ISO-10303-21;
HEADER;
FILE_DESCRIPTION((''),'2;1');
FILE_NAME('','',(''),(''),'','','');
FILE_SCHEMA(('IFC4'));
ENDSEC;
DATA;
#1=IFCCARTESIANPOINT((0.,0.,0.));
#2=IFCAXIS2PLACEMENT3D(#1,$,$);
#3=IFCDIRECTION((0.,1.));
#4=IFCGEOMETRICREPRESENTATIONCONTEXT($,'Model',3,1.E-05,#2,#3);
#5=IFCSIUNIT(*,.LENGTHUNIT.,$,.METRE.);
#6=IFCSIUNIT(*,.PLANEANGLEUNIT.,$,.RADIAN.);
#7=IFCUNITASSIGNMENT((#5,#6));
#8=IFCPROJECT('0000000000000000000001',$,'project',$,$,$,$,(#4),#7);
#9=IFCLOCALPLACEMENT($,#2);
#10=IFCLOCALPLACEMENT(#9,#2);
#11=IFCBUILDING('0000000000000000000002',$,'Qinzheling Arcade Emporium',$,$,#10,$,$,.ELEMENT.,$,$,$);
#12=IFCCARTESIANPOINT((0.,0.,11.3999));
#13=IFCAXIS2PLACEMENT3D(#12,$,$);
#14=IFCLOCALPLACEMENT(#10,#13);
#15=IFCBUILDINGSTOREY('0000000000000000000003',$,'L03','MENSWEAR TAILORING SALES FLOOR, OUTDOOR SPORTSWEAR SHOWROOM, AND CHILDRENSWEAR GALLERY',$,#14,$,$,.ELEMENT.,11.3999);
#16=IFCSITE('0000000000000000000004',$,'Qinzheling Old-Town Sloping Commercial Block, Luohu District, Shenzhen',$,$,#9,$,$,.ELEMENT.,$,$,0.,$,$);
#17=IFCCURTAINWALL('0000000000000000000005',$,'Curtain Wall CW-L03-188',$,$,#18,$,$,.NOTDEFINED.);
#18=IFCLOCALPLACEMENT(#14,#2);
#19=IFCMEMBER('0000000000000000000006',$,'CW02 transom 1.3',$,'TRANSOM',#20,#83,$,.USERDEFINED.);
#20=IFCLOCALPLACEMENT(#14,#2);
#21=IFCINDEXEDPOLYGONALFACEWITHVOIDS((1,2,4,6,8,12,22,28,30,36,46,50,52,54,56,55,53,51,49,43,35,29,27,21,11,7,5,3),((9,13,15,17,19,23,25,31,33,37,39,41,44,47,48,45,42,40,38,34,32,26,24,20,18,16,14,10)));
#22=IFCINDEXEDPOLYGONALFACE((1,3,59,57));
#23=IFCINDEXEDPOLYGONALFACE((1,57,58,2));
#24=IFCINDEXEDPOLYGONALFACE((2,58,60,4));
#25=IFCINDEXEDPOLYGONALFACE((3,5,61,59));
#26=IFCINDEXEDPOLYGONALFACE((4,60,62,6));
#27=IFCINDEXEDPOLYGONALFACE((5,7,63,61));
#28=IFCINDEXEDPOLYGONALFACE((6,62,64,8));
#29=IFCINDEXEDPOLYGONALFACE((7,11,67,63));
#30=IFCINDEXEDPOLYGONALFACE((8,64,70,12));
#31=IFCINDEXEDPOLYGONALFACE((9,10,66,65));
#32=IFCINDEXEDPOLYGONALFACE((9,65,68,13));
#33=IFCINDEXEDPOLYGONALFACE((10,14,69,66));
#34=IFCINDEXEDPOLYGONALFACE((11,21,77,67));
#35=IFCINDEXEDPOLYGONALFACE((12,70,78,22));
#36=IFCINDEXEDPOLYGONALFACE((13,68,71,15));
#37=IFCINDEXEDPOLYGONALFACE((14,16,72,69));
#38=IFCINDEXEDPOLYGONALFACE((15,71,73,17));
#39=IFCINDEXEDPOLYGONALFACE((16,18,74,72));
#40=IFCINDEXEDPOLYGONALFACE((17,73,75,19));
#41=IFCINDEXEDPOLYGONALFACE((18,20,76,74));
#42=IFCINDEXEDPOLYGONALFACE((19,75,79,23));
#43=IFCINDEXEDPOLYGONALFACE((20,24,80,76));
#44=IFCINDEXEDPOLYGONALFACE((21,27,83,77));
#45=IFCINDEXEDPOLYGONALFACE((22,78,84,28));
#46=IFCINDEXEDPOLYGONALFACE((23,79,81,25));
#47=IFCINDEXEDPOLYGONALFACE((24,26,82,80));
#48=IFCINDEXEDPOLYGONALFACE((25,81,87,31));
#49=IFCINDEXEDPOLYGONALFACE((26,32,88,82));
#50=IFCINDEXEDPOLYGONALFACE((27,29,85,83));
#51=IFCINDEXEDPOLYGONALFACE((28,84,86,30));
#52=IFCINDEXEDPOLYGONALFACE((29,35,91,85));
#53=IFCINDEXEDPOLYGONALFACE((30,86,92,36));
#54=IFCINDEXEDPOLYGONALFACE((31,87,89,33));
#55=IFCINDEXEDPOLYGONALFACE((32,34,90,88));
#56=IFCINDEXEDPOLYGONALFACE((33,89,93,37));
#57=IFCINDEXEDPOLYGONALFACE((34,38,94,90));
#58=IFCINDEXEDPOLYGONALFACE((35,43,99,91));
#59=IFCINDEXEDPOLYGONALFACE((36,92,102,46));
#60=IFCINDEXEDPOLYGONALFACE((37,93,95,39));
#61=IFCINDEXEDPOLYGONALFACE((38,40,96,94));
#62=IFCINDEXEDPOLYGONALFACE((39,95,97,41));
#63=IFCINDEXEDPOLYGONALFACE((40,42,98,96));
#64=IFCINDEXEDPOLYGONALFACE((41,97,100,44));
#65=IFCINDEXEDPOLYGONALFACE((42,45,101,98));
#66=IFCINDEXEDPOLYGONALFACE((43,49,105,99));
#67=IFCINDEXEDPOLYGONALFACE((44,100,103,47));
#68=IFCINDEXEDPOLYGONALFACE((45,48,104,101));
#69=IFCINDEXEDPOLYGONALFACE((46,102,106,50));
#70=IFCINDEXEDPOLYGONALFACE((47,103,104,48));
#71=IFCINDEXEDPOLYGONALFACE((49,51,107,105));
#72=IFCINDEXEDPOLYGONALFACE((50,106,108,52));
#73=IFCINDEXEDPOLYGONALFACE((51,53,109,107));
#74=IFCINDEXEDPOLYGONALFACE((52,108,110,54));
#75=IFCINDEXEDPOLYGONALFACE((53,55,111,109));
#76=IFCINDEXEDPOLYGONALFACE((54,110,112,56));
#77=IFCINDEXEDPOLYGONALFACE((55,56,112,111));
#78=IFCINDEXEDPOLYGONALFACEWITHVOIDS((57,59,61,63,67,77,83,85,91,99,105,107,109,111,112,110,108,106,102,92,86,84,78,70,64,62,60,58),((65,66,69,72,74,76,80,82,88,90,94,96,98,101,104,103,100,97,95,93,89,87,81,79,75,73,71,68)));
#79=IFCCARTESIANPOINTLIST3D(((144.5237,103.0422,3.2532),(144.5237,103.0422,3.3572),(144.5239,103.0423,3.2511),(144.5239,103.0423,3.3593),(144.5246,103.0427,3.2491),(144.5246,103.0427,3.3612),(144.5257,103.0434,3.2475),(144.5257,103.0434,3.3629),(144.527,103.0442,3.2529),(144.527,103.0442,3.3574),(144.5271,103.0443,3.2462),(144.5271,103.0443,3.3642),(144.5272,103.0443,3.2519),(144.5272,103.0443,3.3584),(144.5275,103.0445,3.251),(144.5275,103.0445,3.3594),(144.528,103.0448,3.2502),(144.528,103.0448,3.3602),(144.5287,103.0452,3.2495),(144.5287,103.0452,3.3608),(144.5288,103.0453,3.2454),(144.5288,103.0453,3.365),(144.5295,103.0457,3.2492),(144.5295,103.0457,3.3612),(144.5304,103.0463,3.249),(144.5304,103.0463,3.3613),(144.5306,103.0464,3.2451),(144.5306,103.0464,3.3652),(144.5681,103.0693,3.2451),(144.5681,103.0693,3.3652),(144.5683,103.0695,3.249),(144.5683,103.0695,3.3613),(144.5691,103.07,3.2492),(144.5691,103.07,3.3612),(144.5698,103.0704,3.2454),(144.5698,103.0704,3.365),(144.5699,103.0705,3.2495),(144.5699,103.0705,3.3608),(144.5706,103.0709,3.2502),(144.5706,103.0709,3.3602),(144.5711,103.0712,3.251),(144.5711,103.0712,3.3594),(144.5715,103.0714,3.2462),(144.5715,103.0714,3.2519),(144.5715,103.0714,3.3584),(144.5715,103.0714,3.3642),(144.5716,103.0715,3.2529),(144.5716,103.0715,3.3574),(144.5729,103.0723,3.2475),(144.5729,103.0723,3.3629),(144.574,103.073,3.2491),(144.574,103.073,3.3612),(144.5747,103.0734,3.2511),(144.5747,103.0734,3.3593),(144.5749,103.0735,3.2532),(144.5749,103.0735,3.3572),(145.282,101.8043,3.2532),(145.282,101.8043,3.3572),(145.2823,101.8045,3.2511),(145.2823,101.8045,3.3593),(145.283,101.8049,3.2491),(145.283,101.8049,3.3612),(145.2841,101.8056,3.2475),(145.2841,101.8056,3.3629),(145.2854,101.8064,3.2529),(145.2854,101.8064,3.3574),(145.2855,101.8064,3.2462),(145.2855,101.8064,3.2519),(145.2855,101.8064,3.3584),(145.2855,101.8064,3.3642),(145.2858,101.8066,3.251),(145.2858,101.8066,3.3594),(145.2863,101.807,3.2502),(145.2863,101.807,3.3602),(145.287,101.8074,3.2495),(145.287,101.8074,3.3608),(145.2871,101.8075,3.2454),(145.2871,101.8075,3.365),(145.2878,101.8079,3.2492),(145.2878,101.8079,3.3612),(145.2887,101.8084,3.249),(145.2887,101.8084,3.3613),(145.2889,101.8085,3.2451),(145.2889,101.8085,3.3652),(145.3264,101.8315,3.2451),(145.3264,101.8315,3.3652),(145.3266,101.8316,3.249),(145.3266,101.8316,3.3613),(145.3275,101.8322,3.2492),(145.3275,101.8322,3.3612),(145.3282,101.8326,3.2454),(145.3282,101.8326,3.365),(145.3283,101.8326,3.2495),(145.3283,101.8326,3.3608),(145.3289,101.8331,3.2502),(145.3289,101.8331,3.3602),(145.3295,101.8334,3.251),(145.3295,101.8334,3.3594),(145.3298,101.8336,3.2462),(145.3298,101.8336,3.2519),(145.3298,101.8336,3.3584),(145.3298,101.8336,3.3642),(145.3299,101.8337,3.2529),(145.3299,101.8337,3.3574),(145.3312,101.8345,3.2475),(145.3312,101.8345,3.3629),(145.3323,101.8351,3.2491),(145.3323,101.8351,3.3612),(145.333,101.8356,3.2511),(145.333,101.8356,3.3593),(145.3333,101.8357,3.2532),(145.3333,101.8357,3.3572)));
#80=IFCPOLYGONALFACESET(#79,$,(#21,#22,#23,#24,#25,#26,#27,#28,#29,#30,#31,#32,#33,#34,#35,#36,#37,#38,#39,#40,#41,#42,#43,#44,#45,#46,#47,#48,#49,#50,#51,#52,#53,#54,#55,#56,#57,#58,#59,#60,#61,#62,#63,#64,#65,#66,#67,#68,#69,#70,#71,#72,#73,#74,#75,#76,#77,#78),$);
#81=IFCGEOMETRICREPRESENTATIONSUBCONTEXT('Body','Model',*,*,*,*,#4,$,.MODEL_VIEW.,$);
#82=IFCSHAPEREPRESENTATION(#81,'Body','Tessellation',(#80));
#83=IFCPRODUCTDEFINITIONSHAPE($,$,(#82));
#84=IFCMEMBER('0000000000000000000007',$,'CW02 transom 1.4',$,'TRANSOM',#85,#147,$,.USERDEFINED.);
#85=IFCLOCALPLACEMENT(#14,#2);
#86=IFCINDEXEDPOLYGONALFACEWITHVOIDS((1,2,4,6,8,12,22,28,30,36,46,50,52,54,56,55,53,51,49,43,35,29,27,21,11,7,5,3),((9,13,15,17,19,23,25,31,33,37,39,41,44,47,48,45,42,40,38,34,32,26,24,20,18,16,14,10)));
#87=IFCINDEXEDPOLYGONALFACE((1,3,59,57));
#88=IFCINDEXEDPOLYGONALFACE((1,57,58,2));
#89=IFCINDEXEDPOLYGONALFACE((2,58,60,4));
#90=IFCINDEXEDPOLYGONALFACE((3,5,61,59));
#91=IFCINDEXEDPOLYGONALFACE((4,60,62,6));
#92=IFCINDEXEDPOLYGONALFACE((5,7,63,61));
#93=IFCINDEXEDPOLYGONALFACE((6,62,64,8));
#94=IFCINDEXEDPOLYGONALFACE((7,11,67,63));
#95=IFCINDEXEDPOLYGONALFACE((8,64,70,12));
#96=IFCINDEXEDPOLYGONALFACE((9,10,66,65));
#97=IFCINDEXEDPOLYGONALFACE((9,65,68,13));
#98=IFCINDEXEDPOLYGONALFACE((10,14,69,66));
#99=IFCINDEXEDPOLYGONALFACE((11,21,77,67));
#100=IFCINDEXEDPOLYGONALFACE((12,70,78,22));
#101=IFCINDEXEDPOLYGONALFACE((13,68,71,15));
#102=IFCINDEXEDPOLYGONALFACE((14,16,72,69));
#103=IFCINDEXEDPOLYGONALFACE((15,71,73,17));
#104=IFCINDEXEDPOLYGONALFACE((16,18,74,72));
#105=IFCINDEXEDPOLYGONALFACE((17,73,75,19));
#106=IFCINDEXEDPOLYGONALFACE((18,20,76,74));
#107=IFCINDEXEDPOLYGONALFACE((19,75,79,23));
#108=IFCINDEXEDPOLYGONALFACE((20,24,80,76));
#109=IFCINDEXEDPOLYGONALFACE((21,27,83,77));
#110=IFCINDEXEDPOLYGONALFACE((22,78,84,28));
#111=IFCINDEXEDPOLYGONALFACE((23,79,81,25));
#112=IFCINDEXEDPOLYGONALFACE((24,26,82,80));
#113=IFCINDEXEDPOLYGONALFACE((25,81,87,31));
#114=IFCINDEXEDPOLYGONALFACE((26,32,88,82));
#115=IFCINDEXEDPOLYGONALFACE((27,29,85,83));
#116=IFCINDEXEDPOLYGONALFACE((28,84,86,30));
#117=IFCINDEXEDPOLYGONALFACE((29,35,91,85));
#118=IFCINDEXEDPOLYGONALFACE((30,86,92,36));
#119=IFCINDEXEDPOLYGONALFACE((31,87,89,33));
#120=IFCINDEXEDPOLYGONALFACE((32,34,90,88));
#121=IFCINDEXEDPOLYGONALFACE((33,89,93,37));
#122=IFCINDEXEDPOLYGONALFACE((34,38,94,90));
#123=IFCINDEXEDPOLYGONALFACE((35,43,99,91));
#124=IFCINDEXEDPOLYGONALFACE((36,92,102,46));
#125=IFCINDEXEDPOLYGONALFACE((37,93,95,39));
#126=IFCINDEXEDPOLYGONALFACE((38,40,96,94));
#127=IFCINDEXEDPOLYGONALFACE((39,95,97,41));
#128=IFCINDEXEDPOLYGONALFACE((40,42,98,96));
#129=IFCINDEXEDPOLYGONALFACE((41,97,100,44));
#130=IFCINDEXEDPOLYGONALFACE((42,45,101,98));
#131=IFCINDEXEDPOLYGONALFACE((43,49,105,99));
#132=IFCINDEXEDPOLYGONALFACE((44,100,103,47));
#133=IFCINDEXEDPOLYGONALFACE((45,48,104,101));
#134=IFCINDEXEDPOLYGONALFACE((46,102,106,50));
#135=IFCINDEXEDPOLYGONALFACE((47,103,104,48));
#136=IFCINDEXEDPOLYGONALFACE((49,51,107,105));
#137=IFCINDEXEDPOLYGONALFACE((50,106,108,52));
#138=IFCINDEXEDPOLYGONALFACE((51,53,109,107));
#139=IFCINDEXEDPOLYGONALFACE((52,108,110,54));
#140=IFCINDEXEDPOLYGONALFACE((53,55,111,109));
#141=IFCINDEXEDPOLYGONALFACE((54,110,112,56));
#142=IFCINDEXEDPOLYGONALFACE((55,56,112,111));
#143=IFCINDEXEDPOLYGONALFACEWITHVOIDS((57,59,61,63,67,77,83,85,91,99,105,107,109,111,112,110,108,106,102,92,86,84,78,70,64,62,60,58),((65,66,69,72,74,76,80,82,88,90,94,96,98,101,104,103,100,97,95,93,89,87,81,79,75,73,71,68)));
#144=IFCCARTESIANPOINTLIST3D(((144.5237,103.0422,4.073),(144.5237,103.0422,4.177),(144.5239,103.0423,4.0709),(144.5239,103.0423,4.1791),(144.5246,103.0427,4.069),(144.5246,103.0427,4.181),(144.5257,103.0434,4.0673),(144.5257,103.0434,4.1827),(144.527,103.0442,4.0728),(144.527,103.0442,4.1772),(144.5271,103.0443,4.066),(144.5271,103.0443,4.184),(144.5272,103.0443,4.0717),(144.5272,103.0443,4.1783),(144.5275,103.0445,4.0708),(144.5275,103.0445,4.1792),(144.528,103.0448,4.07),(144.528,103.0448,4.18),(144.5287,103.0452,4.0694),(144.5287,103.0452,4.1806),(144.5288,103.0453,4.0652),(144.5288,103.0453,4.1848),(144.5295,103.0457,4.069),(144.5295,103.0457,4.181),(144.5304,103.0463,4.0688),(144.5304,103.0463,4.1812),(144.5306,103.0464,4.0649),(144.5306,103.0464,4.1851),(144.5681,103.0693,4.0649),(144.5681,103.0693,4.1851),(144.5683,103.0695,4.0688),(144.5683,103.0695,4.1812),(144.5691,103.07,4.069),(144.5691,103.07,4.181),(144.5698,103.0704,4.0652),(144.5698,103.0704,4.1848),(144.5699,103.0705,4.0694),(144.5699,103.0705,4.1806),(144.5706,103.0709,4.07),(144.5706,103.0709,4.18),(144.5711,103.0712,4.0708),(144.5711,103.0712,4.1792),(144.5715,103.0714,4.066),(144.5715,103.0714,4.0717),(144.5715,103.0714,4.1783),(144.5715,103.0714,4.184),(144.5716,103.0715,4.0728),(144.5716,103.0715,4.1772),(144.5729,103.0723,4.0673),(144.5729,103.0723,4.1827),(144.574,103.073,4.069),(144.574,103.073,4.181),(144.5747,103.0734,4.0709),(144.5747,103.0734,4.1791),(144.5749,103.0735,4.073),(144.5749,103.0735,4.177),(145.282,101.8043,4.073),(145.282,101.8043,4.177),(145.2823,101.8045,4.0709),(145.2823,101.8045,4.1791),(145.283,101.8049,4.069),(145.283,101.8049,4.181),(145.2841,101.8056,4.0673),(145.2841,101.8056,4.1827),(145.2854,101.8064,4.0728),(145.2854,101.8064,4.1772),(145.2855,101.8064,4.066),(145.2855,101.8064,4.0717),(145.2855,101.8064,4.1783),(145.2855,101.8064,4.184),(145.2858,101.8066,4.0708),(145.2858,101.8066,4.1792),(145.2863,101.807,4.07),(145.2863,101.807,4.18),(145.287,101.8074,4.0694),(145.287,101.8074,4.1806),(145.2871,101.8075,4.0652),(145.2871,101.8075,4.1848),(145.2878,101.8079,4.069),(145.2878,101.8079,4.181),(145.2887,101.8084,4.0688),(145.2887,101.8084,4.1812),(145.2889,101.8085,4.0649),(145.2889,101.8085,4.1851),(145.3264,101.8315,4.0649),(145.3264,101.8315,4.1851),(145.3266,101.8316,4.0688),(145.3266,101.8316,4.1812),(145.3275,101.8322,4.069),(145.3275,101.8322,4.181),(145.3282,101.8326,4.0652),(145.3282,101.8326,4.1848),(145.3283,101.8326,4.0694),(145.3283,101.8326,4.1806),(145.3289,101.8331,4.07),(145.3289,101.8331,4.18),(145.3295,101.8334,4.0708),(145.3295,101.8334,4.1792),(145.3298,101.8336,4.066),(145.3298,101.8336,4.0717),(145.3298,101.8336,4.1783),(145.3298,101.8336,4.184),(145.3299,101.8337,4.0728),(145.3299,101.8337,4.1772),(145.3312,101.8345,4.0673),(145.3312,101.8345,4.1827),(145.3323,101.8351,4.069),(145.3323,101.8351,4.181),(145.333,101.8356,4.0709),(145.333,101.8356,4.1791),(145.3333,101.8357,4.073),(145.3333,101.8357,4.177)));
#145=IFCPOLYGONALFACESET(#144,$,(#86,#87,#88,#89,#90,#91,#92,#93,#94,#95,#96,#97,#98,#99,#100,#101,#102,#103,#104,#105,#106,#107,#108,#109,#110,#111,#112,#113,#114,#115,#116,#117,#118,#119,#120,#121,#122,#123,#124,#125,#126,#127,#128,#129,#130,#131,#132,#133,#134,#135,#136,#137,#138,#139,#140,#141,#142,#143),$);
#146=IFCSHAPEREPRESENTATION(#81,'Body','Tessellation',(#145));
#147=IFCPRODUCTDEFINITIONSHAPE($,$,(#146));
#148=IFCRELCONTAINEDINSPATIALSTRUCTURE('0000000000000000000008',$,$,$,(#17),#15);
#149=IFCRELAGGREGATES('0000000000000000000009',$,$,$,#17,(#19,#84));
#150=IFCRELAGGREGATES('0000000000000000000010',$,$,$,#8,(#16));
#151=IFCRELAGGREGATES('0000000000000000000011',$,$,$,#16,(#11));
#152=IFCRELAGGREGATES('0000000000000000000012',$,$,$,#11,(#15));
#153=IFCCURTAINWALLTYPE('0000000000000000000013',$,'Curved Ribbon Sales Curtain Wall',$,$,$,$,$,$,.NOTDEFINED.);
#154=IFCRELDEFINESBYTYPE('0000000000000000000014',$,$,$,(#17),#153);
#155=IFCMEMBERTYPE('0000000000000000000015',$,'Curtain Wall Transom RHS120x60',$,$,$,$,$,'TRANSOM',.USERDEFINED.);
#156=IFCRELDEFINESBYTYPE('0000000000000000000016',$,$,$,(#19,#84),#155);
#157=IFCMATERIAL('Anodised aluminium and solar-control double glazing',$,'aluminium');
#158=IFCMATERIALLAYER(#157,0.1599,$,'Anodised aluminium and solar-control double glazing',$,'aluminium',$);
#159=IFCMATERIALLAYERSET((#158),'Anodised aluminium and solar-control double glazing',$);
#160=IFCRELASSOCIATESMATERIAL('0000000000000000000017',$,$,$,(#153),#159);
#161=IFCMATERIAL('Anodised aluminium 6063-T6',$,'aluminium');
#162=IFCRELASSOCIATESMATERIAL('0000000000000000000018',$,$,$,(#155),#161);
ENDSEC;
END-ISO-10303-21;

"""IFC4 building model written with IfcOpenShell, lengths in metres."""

from ifc_helpers import new_model, si_unit, direction, frame, origin, origin_2d, place, context, subcontext, project, spatial, hollow_rectangle, extrude, material, layer, layer_set, material_profile, profile_set, type_object, element, aggregate, save


model = new_model("IFC4")

# Units and contexts
model_context = context("Model", 3, precision=1e-05, world=origin(), true_north=direction((0.0, 1.0)))
body_context = subcontext(model_context, "Body", "Model", "MODEL_VIEW")
ifc_project = project(units=[si_unit("LENGTHUNIT", "METRE"), si_unit("PLANEANGLEUNIT", "RADIAN")], contexts=[model_context])

# Site, building, storey
site_placement = place(None, origin())
site = spatial("IfcSite", under=ifc_project, at=site_placement, Name="Qinzheling Old-Town Sloping Commercial Block, Luohu District, Shenzhen", CompositionType="ELEMENT", RefElevation=0.0)
building_placement = place(site_placement, origin())
building = spatial("IfcBuilding", under=site, at=building_placement, Name="Qinzheling Arcade Emporium", CompositionType="ELEMENT")
storey_placement = place(building_placement, frame((0.0, 0.0, 11.3999)))
storey = spatial("IfcBuildingStorey", under=building, at=storey_placement, Name="L03", Description="MENSWEAR TAILORING SALES FLOOR, OUTDOOR SPORTSWEAR SHOWROOM, AND CHILDRENSWEAR GALLERY", CompositionType="ELEMENT", Elevation=11.3999)

# Curtain wall
ifc_material_1 = material(Name="Anodised aluminium and solar-control double glazing", Category="aluminium")
ifc_layer_1 = layer(ifc_material_1, 0.1599, Name="Anodised aluminium and solar-control double glazing", Category="aluminium")
ifc_layer_set_1 = layer_set([ifc_layer_1], Name="Anodised aluminium and solar-control double glazing")
curtain_wall_type = type_object("IfcCurtainWallType", Name="Curved Ribbon Sales Curtain Wall", PredefinedType="NOTDEFINED", material=ifc_layer_set_1)
ifc_material_2 = material(Name="Anodised aluminium 6063-T6", Category="aluminium")
curtain_wall_1_placement = place(storey_placement, origin())
curtain_wall_1 = element("IfcCurtainWall", 1, at=curtain_wall_1_placement, inside=storey, type_object=curtain_wall_type, Name="Curtain Wall CW-L03-188", PredefinedType="NOTDEFINED")

# Members
ifc_material_profile_1 = material_profile(ifc_material_2, hollow_rectangle(XDim=0.0601, YDim=0.1201, WallThickness=0.0039, InnerFilletRadius=0.0039, OuterFilletRadius=0.0081, at=origin_2d()), Name="RHS 120x60x4", Category="aluminium")
ifc_profile_set_1 = profile_set([ifc_material_profile_1], Name="Anodised aluminium 6063-T6")
member_type_1 = type_object("IfcMemberType", Name="Curtain Wall Transom RHS120x60", ElementType="TRANSOM", PredefinedType="USERDEFINED", material=ifc_profile_set_1)
member_1_placement = place(storey_placement, frame((144.5493, 103.0579, 3.3052), z_axis=(0.522389, -0.852708, 0.0), x_axis=(0.852708, 0.522389, 0.0)))
member_1 = element("IfcMember", 2, at=member_1_placement, type_object=member_type_1, Name="CW02 transom 1.3", ObjectType="TRANSOM", PredefinedType="USERDEFINED", context=body_context, shape_type="SweptSolid", body=[
    extrude(hollow_rectangle(XDim=0.0601, YDim=0.1201, WallThickness=0.0039, InnerFilletRadius=0.0039, OuterFilletRadius=0.0081, at=origin_2d()), origin(), (0.0, 0.0, 1.0), 1.4517),
])
member_2_placement = place(storey_placement, frame((144.5493, 103.0579, 4.125), z_axis=(0.522389, -0.852708, 0.0), x_axis=(0.852708, 0.522389, 0.0)))
member_2 = element("IfcMember", 3, at=member_2_placement, type_object=member_type_1, Name="CW02 transom 1.4", ObjectType="TRANSOM", PredefinedType="USERDEFINED", context=body_context, shape_type="SweptSolid", body=[
    extrude(hollow_rectangle(XDim=0.0601, YDim=0.1201, WallThickness=0.0039, InnerFilletRadius=0.0039, OuterFilletRadius=0.0081, at=origin_2d()), origin(), (0.0, 0.0, 1.0), 1.4517),
])

aggregate(curtain_wall_1, [member_1, member_2])

save(model, "model.ifc")
